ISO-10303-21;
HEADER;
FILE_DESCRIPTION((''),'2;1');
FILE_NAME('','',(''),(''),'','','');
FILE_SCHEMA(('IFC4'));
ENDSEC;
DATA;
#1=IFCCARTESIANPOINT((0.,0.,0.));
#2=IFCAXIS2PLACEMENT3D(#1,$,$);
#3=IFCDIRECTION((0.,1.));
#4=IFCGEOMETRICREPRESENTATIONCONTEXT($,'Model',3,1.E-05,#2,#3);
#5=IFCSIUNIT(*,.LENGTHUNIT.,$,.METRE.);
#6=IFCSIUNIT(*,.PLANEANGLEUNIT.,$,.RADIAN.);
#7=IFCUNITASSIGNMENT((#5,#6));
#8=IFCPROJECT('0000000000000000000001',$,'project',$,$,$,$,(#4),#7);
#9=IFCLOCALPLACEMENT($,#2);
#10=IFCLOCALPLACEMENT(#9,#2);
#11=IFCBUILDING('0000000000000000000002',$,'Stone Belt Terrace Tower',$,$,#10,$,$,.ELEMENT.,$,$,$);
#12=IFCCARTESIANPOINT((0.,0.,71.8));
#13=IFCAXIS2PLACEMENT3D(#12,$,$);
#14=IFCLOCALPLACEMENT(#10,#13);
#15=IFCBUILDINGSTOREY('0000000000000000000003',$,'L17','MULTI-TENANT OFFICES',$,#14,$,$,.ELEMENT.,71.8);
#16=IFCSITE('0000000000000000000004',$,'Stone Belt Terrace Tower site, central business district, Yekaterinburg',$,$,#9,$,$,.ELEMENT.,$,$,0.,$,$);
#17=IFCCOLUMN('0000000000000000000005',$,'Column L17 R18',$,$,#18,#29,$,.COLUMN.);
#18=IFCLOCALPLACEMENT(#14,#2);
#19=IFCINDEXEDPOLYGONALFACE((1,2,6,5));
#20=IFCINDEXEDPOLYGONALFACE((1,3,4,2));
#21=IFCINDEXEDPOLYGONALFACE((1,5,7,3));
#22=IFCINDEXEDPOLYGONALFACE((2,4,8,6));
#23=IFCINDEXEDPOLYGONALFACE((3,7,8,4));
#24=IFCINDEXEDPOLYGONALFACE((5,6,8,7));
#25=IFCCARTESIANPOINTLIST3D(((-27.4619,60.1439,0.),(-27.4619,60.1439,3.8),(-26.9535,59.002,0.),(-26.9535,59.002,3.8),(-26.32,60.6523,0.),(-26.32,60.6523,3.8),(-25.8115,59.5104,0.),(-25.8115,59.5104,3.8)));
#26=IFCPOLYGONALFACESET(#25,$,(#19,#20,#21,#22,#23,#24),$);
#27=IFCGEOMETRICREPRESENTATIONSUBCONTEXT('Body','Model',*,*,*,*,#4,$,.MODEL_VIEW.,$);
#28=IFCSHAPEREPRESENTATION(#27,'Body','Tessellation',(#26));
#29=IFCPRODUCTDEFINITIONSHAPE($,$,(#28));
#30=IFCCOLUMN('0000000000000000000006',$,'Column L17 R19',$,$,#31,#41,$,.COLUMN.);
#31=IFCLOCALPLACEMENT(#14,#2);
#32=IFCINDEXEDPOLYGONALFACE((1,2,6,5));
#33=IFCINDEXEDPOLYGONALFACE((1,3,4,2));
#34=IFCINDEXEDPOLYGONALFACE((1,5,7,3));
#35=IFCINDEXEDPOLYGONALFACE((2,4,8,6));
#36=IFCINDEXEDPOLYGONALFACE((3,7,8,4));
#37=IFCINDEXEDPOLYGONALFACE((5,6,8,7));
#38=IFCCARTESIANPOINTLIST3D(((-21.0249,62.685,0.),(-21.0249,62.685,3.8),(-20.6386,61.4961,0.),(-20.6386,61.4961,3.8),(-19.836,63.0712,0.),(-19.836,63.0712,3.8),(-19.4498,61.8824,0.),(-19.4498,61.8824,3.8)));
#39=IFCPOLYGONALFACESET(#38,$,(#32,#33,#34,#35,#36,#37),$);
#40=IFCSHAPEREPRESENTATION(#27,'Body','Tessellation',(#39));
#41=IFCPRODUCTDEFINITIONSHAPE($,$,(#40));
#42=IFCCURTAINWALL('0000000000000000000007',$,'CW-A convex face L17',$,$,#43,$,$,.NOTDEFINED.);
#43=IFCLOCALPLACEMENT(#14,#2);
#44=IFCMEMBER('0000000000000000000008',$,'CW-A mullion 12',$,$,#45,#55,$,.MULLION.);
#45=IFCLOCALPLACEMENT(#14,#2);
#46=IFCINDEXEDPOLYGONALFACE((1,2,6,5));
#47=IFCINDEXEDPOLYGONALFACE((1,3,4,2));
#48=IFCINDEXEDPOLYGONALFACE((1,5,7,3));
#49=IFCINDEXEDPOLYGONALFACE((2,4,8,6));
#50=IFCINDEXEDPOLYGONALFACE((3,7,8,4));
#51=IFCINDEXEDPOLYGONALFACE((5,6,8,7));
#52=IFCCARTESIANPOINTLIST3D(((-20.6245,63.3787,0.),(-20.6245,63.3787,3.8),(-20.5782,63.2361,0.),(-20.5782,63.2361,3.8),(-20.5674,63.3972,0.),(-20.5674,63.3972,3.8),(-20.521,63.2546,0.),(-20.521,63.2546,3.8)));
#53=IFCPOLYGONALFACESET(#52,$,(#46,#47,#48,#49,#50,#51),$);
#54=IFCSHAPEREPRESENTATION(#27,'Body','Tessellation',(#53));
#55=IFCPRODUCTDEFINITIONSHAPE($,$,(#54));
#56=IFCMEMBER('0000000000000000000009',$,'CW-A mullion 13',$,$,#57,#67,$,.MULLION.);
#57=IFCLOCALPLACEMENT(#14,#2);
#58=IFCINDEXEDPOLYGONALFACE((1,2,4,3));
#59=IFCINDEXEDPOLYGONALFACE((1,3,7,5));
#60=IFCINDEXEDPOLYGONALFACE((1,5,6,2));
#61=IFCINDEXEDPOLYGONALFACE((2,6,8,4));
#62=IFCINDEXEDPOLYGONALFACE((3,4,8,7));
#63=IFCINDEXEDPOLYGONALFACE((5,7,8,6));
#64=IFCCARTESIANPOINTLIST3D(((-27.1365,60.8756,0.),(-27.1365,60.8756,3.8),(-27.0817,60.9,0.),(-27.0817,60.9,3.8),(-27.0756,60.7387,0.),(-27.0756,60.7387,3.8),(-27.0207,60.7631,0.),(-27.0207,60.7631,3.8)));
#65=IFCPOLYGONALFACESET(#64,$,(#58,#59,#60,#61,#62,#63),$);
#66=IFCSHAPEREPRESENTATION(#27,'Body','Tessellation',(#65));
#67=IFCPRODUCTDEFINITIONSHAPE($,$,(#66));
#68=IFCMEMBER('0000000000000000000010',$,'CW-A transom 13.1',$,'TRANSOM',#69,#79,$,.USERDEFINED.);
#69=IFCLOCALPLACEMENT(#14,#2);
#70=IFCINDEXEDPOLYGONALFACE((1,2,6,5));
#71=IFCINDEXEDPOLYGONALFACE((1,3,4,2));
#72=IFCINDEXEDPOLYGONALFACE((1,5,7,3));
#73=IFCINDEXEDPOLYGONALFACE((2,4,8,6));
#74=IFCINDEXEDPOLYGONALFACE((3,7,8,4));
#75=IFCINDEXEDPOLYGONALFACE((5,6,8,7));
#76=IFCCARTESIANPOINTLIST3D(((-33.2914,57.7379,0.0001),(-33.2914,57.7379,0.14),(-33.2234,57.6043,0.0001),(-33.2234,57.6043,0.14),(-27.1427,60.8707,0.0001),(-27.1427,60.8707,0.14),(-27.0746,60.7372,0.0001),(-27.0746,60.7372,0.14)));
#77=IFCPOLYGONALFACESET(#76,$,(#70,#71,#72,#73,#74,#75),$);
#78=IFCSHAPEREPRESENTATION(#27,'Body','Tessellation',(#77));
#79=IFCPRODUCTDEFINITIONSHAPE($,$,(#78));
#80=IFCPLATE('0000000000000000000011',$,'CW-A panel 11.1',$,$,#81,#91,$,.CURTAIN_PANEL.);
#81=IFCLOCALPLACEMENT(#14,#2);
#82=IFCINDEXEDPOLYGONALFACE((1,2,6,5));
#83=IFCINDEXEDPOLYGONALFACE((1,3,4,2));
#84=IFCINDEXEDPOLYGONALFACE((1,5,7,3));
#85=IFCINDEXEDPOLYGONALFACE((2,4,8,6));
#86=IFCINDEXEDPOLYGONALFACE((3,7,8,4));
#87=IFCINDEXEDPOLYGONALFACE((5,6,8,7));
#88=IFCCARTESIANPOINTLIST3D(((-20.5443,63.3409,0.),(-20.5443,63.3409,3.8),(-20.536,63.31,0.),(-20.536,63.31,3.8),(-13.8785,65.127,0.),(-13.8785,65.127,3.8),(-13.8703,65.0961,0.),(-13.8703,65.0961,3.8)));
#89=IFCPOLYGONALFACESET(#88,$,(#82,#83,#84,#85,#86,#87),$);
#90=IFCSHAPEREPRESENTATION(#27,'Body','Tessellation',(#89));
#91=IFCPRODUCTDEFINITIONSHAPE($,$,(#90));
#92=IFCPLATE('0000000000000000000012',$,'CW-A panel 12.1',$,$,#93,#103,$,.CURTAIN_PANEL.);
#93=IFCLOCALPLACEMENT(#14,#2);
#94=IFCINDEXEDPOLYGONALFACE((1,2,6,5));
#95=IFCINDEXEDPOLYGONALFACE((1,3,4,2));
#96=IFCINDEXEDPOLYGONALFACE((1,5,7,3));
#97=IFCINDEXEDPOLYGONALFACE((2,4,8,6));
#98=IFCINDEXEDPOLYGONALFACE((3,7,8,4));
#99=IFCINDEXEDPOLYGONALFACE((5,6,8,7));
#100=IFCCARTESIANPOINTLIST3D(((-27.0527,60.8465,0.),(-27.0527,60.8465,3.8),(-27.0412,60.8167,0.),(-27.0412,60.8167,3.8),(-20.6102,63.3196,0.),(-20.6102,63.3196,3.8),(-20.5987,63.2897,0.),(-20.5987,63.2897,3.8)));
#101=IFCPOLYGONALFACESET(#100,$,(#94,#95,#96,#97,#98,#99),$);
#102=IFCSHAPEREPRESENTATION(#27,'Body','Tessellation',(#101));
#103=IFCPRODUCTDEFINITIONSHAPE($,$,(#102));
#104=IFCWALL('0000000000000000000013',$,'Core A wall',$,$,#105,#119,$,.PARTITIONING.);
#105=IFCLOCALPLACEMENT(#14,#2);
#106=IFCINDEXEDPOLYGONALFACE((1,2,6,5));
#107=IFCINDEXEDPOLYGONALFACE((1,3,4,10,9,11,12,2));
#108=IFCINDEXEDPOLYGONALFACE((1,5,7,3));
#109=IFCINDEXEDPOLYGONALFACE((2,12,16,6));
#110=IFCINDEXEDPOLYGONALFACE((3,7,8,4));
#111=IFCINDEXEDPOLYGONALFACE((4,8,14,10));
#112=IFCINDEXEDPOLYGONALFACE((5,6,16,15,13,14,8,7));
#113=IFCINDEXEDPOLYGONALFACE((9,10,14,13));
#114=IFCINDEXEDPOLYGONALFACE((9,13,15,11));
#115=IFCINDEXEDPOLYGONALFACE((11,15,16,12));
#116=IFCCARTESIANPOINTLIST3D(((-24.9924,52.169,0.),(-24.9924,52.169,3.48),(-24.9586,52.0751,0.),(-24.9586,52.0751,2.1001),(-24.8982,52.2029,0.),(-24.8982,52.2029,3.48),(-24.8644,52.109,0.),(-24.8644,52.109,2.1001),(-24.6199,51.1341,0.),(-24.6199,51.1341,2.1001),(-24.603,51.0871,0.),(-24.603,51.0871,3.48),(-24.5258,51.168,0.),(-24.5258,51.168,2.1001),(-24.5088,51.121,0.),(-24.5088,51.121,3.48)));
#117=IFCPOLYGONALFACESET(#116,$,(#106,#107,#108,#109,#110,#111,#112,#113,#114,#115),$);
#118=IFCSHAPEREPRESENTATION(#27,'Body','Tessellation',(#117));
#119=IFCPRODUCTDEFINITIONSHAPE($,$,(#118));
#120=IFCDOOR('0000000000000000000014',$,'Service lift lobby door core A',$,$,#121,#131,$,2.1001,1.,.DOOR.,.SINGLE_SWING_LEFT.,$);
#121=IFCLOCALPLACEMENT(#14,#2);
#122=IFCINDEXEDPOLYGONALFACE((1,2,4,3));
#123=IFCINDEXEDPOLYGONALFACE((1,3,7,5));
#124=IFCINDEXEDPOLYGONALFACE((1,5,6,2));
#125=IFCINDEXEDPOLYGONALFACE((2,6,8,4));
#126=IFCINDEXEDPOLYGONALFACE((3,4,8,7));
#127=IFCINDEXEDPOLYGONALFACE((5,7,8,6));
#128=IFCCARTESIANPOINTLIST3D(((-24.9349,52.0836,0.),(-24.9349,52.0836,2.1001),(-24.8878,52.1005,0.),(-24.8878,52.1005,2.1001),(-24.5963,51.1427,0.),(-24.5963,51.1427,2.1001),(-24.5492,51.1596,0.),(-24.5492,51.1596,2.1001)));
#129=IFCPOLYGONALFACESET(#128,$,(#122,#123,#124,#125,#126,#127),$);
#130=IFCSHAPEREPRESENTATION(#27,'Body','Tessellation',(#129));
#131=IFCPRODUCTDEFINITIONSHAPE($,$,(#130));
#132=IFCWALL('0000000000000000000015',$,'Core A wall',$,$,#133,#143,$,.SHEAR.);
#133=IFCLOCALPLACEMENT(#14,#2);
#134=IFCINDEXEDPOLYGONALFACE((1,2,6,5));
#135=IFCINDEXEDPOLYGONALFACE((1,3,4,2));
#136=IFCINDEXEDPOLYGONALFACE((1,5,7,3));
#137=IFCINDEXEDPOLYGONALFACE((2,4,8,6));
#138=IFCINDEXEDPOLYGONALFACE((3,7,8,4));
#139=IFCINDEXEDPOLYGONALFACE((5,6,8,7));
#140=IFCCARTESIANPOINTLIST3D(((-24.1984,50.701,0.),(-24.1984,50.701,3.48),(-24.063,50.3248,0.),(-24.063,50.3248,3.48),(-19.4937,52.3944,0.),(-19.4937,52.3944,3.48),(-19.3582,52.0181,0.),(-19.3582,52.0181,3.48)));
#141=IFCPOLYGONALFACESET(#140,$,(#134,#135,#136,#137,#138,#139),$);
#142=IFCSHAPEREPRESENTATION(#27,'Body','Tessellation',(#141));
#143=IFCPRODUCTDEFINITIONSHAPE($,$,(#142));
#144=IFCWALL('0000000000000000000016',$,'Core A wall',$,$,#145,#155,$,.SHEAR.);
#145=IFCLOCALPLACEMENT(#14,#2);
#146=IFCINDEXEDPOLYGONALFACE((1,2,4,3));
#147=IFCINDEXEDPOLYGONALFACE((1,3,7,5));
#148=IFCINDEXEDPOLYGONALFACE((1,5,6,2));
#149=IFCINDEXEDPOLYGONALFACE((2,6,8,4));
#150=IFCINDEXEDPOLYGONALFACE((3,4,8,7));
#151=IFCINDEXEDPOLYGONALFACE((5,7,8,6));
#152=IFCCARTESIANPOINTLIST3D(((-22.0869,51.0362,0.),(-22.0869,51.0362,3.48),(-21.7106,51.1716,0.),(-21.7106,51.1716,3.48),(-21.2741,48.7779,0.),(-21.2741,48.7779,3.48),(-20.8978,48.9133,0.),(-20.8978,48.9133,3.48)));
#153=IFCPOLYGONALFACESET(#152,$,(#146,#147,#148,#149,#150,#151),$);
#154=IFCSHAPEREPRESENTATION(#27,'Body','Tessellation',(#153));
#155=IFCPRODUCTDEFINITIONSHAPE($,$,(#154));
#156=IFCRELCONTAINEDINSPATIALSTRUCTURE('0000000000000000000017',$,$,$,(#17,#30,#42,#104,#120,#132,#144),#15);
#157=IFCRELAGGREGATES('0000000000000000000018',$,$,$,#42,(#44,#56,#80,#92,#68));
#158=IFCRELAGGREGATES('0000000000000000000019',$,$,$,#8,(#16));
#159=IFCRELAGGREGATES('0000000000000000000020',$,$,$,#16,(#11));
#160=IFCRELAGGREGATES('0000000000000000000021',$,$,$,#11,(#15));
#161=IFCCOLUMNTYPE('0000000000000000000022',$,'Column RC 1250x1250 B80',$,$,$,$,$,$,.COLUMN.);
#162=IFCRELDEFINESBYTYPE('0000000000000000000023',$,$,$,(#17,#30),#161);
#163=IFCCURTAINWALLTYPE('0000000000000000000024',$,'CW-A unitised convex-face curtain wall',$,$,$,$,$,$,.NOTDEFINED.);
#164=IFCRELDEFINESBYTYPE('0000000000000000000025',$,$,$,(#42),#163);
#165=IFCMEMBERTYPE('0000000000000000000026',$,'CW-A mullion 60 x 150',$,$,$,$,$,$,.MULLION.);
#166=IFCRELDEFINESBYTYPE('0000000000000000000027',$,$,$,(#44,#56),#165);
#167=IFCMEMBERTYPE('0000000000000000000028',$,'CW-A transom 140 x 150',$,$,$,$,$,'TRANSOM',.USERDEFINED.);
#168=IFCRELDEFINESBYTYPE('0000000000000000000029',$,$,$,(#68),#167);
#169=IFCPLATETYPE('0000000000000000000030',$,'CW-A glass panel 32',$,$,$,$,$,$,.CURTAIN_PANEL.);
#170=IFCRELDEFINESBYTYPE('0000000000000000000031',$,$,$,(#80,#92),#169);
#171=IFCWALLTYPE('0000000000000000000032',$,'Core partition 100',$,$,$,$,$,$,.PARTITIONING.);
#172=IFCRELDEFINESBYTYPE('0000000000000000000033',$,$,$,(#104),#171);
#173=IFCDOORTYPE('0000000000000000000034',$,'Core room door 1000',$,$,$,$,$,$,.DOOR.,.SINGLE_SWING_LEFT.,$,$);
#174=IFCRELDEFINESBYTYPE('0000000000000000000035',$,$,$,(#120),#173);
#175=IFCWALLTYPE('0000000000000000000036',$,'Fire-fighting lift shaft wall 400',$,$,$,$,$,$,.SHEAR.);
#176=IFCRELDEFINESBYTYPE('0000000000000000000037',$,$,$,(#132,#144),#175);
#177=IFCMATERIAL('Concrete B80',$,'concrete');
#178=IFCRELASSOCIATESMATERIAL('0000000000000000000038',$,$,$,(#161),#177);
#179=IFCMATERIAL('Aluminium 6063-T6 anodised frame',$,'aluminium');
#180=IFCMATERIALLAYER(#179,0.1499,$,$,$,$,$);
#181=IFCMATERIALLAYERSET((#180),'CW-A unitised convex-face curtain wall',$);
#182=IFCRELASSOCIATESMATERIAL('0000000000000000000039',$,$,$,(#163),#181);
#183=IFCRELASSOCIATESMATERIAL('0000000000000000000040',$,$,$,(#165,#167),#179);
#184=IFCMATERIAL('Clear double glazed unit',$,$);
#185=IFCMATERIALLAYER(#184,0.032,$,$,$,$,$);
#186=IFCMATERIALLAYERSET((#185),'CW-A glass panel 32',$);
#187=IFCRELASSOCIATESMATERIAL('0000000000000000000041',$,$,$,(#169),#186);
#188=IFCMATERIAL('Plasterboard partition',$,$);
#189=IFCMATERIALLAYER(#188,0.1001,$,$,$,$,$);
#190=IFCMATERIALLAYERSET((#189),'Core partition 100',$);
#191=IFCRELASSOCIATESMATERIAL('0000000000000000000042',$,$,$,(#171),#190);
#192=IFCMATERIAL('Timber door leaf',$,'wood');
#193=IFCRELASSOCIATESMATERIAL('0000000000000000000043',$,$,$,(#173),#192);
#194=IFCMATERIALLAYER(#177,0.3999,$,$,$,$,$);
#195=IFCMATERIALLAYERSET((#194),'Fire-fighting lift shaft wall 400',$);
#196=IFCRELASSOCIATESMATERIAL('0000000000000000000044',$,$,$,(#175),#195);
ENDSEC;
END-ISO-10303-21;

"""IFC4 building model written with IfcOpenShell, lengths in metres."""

from ifc_helpers import new_model, si_unit, direction, frame, frame_2d, origin, origin_2d, place, context, subcontext, project, spatial, rectangle, extrude, material, layer, layer_set, material_profile, profile_set, type_object, element, fill, aggregate, save


model = new_model("IFC4")

# Units and contexts
model_context = context("Model", 3, precision=1e-05, world=origin(), true_north=direction((0.0, 1.0)))
body_context = subcontext(model_context, "Body", "Model", "MODEL_VIEW")
ifc_project = project(units=[si_unit("LENGTHUNIT", "METRE"), si_unit("PLANEANGLEUNIT", "RADIAN")], contexts=[model_context])

# Site, building, storey
site_placement = place(None, origin())
site = spatial("IfcSite", under=ifc_project, at=site_placement, Name="Stone Belt Terrace Tower site, central business district, Yekaterinburg", CompositionType="ELEMENT", RefElevation=0.0)
building_placement = place(site_placement, origin())
building = spatial("IfcBuilding", under=site, at=building_placement, Name="Stone Belt Terrace Tower", CompositionType="ELEMENT")
storey_placement = place(building_placement, frame((0.0, 0.0, 71.8)))
storey = spatial("IfcBuildingStorey", under=building, at=storey_placement, Name="L17", Description="MULTI-TENANT OFFICES", CompositionType="ELEMENT", Elevation=71.8)

# Columns
ifc_material_1 = material(Name="Concrete B80", Category="concrete")
ifc_material_profile_1 = material_profile(ifc_material_1, rectangle(XDim=1.25, YDim=1.25, at=origin_2d()), Name="RC 1250x1250")
ifc_profile_set_1 = profile_set([ifc_material_profile_1], Name="Concrete B80")
column_type = type_object("IfcColumnType", Name="Column RC 1250x1250 B80", PredefinedType="COLUMN", material=ifc_profile_set_1)
for number, where, z_axis, x_axis, name in (
    (1, (-26.6367, 59.8271, 0.0), (0.0, 0.0, 1.0), (0.913545, 0.406737, 0.0), "Column L17 R18"),
    (2, (-20.2373, 62.2837, 0.0), (0.0, 0.0, 1.0), (0.951057, 0.309017, 0.0), "Column L17 R19"),
):
    element("IfcColumn", number, at=place(storey_placement, frame(where, z_axis=z_axis, x_axis=x_axis)), inside=storey, type_object=column_type, Name=name, PredefinedType="COLUMN", context=body_context, shape_type="SweptSolid", body=[
        extrude(rectangle(XDim=1.25, YDim=1.25, at=origin_2d()), origin(), (0.0, 0.0, 1.0), 3.8),
    ])

# Curtain wall, members, plates
ifc_material_2 = material(Name="Aluminium 6063-T6 anodised frame", Category="aluminium")
ifc_layer_1 = layer(ifc_material_2, 0.1499)
ifc_layer_set_1 = layer_set([ifc_layer_1], Name="CW-A unitised convex-face curtain wall")
curtain_wall_type = type_object("IfcCurtainWallType", Name="CW-A unitised convex-face curtain wall", PredefinedType="NOTDEFINED", material=ifc_layer_set_1)
curtain_wall_placement = place(storey_placement, origin())
curtain_wall = element("IfcCurtainWall", 3, at=curtain_wall_placement, inside=storey, type_object=curtain_wall_type, Name="CW-A convex face L17", PredefinedType="NOTDEFINED")
ifc_material_profile_2 = material_profile(ifc_material_2, rectangle(XDim=0.1499, YDim=0.0601, at=origin_2d()), Name="Aluminium 6063-T6 60x150")
ifc_profile_set_2 = profile_set([ifc_material_profile_2], Name="Aluminium 6063-T6 anodised frame")
member_type_1 = type_object("IfcMemberType", Name="CW-A mullion 60 x 150", PredefinedType="MULLION", material=ifc_profile_set_2)
member_1_placement = place(storey_placement, frame((-20.5728, 63.3167, 0.0), z_axis=(0.0, 0.0, 1.0), x_axis=(0.309017, -0.951057, 0.0)))
member_1 = element("IfcMember", 4, at=member_1_placement, type_object=member_type_1, Name="CW-A mullion 12", PredefinedType="MULLION", context=body_context, shape_type="SweptSolid", body=[
    extrude(rectangle(XDim=0.1499, YDim=0.0601, at=origin_2d()), origin(), (0.0, 0.0, 1.0), 3.8),
])
member_2_placement = place(storey_placement, frame((-27.0786, 60.8193, 0.0), z_axis=(0.0, 0.0, 1.0), x_axis=(0.406737, -0.913545, 0.0)))
member_2 = element("IfcMember", 5, at=member_2_placement, type_object=member_type_1, Name="CW-A mullion 13", PredefinedType="MULLION", context=body_context, shape_type="SweptSolid", body=[
    extrude(rectangle(XDim=0.1499, YDim=0.0601, at=origin_2d()), origin(), (0.0, 0.0, 1.0), 3.8),
])
ifc_material_profile_3 = material_profile(ifc_material_2, rectangle(XDim=0.1499, YDim=0.1399, at=origin_2d()), Name="Aluminium 6063-T6 150x140")
ifc_profile_set_3 = profile_set([ifc_material_profile_3], Name="Aluminium 6063-T6 anodised frame")
member_type_2 = type_object("IfcMemberType", Name="CW-A transom 140 x 150", ElementType="TRANSOM", PredefinedType="USERDEFINED", material=ifc_profile_set_3)
member_3_placement = place(storey_placement, frame((-27.1086, 60.804, 0.0701), z_axis=(-0.891012, -0.453979, 0.0), x_axis=(0.453979, -0.891012, 0.0)))
member_3 = element("IfcMember", 6, at=member_3_placement, type_object=member_type_2, Name="CW-A transom 13.1", ObjectType="TRANSOM", PredefinedType="USERDEFINED", context=body_context, shape_type="SweptSolid", body=[
    extrude(rectangle(XDim=0.1499, YDim=0.1399, at=origin_2d()), origin(), (0.0, 0.0, 1.0), 6.9009),
])
ifc_material_3 = material(Name="Clear double glazed unit")
ifc_layer_2 = layer(ifc_material_3, 0.032)
ifc_layer_set_2 = layer_set([ifc_layer_2], Name="CW-A glass panel 32")
plate_type = type_object("IfcPlateType", Name="CW-A glass panel 32", PredefinedType="CURTAIN_PANEL", material=ifc_layer_set_2)
plate_1_placement = place(storey_placement, frame((-17.2073, 64.2185, 0.0), z_axis=(0.0, 0.0, 1.0), x_axis=(-0.965926, -0.258819, 0.0)))
plate_1 = element("IfcPlate", 7, at=plate_1_placement, type_object=plate_type, Name="CW-A panel 11.1", PredefinedType="CURTAIN_PANEL", context=body_context, shape_type="SweptSolid", body=[
    extrude(rectangle(XDim=6.9009, YDim=0.032, at=origin_2d()), origin(), (0.0, 0.0, 1.0), 3.8),
])
plate_2_placement = place(storey_placement, frame((-23.8257, 62.0681, 0.0), z_axis=(0.0, 0.0, 1.0), x_axis=(-0.93358, -0.358368, 0.0)))
plate_2 = element("IfcPlate", 8, at=plate_2_placement, type_object=plate_type, Name="CW-A panel 12.1", PredefinedType="CURTAIN_PANEL", context=body_context, shape_type="SweptSolid", body=[
    extrude(rectangle(XDim=6.9009, YDim=0.032, at=origin_2d()), origin(), (0.0, 0.0, 1.0), 3.8),
])
aggregate(curtain_wall, [member_1, member_2, plate_1, plate_2, member_3])

# Wall, opening, door
ifc_material_4 = material(Name="Plasterboard partition")
ifc_layer_3 = layer(ifc_material_4, 0.1001)
ifc_layer_set_3 = layer_set([ifc_layer_3], Name="Core partition 100")
wall_type_1 = type_object("IfcWallType", Name="Core partition 100", PredefinedType="PARTITIONING", material=ifc_layer_set_3)
wall_1_placement = place(storey_placement, frame((-24.5559, 51.104, 0.0), z_axis=(0.0, 0.0, 1.0), x_axis=(-0.338622, 0.940923, 0.0)))
wall_1 = element("IfcWall", 9, at=wall_1_placement, inside=storey, type_object=wall_type_1, Name="Core A wall", PredefinedType="PARTITIONING", context=body_context, shape_type="SweptSolid", body=[
    extrude(rectangle(XDim=1.1499, YDim=0.1001, at=frame_2d((0.575, 0.0))), origin(), (0.0, 0.0, 1.0), 3.48),
])
opening_1_placement = place(wall_1_placement, frame((0.05, 0.0, 0.0)))
opening_1 = element("IfcOpeningElement", 10, at=opening_1_placement, cuts=wall_1, PredefinedType="OPENING", context=body_context, shape_type="SweptSolid", body=[
    extrude(rectangle(XDim=1.0, YDim=2.1001, at=frame_2d((0.5, 1.05))), frame((0.0, 0.0601, 0.0), z_axis=(0.0, -1.0, 0.0), x_axis=(1.0, 0.0, 0.0)), (0.0, 0.0, 1.0), 0.1201),
])
ifc_material_5 = material(Name="Timber door leaf", Category="wood")
door_type_1 = type_object("IfcDoorType", Name="Core room door 1000", OperationType="SINGLE_SWING_LEFT", PredefinedType="DOOR", material=ifc_material_5)
door_1_placement = place(opening_1_placement, origin())
door_1 = element("IfcDoor", 11, at=door_1_placement, inside=storey, type_object=door_type_1, Name="Service lift lobby door core A", OperationType="SINGLE_SWING_LEFT", OverallHeight=2.1001, OverallWidth=1.0, PredefinedType="DOOR", context=body_context, shape_type="SweptSolid", body=[
    extrude(rectangle(XDim=1.0, YDim=2.1001, at=frame_2d((0.5, 1.05))), frame((0.0, 0.0249, 0.0), z_axis=(0.0, -1.0, 0.0), x_axis=(1.0, 0.0, 0.0)), (0.0, 0.0, 1.0), 0.05),
])
fill(opening_1, door_1)

# Walls
ifc_layer_4 = layer(ifc_material_1, 0.3999)
ifc_layer_set_4 = layer_set([ifc_layer_4], Name="Fire-fighting lift shaft wall 400")
wall_type_2 = type_object("IfcWallType", Name="Fire-fighting lift shaft wall 400", PredefinedType="SHEAR", material=ifc_layer_set_4)
wall_2_placement = place(storey_placement, frame((-24.1306, 50.5129, 0.0), z_axis=(0.0, 0.0, 1.0), x_axis=(0.940912, 0.338652, 0.0)))
element("IfcWall", 12, at=wall_2_placement, inside=storey, type_object=wall_type_2, Name="Core A wall", PredefinedType="SHEAR", context=body_context, shape_type="SweptSolid", body=[
    extrude(rectangle(XDim=5.0002, YDim=0.3999, at=frame_2d((2.5, 0.0))), origin(), (0.0, 0.0, 1.0), 3.48),
])
wall_3_placement = place(storey_placement, frame((-21.0859, 48.8455, 0.0), z_axis=(0.0, 0.0, 1.0), x_axis=(-0.338629, 0.94092, 0.0)))
element("IfcWall", 13, at=wall_3_placement, inside=storey, type_object=wall_type_2, Name="Core A wall", PredefinedType="SHEAR", context=body_context, shape_type="SweptSolid", body=[
    extrude(rectangle(XDim=2.4001, YDim=0.3999, at=frame_2d((1.2002, 0.0))), origin(), (0.0, 0.0, 1.0), 3.48),
])

save(model, "model.ifc")
